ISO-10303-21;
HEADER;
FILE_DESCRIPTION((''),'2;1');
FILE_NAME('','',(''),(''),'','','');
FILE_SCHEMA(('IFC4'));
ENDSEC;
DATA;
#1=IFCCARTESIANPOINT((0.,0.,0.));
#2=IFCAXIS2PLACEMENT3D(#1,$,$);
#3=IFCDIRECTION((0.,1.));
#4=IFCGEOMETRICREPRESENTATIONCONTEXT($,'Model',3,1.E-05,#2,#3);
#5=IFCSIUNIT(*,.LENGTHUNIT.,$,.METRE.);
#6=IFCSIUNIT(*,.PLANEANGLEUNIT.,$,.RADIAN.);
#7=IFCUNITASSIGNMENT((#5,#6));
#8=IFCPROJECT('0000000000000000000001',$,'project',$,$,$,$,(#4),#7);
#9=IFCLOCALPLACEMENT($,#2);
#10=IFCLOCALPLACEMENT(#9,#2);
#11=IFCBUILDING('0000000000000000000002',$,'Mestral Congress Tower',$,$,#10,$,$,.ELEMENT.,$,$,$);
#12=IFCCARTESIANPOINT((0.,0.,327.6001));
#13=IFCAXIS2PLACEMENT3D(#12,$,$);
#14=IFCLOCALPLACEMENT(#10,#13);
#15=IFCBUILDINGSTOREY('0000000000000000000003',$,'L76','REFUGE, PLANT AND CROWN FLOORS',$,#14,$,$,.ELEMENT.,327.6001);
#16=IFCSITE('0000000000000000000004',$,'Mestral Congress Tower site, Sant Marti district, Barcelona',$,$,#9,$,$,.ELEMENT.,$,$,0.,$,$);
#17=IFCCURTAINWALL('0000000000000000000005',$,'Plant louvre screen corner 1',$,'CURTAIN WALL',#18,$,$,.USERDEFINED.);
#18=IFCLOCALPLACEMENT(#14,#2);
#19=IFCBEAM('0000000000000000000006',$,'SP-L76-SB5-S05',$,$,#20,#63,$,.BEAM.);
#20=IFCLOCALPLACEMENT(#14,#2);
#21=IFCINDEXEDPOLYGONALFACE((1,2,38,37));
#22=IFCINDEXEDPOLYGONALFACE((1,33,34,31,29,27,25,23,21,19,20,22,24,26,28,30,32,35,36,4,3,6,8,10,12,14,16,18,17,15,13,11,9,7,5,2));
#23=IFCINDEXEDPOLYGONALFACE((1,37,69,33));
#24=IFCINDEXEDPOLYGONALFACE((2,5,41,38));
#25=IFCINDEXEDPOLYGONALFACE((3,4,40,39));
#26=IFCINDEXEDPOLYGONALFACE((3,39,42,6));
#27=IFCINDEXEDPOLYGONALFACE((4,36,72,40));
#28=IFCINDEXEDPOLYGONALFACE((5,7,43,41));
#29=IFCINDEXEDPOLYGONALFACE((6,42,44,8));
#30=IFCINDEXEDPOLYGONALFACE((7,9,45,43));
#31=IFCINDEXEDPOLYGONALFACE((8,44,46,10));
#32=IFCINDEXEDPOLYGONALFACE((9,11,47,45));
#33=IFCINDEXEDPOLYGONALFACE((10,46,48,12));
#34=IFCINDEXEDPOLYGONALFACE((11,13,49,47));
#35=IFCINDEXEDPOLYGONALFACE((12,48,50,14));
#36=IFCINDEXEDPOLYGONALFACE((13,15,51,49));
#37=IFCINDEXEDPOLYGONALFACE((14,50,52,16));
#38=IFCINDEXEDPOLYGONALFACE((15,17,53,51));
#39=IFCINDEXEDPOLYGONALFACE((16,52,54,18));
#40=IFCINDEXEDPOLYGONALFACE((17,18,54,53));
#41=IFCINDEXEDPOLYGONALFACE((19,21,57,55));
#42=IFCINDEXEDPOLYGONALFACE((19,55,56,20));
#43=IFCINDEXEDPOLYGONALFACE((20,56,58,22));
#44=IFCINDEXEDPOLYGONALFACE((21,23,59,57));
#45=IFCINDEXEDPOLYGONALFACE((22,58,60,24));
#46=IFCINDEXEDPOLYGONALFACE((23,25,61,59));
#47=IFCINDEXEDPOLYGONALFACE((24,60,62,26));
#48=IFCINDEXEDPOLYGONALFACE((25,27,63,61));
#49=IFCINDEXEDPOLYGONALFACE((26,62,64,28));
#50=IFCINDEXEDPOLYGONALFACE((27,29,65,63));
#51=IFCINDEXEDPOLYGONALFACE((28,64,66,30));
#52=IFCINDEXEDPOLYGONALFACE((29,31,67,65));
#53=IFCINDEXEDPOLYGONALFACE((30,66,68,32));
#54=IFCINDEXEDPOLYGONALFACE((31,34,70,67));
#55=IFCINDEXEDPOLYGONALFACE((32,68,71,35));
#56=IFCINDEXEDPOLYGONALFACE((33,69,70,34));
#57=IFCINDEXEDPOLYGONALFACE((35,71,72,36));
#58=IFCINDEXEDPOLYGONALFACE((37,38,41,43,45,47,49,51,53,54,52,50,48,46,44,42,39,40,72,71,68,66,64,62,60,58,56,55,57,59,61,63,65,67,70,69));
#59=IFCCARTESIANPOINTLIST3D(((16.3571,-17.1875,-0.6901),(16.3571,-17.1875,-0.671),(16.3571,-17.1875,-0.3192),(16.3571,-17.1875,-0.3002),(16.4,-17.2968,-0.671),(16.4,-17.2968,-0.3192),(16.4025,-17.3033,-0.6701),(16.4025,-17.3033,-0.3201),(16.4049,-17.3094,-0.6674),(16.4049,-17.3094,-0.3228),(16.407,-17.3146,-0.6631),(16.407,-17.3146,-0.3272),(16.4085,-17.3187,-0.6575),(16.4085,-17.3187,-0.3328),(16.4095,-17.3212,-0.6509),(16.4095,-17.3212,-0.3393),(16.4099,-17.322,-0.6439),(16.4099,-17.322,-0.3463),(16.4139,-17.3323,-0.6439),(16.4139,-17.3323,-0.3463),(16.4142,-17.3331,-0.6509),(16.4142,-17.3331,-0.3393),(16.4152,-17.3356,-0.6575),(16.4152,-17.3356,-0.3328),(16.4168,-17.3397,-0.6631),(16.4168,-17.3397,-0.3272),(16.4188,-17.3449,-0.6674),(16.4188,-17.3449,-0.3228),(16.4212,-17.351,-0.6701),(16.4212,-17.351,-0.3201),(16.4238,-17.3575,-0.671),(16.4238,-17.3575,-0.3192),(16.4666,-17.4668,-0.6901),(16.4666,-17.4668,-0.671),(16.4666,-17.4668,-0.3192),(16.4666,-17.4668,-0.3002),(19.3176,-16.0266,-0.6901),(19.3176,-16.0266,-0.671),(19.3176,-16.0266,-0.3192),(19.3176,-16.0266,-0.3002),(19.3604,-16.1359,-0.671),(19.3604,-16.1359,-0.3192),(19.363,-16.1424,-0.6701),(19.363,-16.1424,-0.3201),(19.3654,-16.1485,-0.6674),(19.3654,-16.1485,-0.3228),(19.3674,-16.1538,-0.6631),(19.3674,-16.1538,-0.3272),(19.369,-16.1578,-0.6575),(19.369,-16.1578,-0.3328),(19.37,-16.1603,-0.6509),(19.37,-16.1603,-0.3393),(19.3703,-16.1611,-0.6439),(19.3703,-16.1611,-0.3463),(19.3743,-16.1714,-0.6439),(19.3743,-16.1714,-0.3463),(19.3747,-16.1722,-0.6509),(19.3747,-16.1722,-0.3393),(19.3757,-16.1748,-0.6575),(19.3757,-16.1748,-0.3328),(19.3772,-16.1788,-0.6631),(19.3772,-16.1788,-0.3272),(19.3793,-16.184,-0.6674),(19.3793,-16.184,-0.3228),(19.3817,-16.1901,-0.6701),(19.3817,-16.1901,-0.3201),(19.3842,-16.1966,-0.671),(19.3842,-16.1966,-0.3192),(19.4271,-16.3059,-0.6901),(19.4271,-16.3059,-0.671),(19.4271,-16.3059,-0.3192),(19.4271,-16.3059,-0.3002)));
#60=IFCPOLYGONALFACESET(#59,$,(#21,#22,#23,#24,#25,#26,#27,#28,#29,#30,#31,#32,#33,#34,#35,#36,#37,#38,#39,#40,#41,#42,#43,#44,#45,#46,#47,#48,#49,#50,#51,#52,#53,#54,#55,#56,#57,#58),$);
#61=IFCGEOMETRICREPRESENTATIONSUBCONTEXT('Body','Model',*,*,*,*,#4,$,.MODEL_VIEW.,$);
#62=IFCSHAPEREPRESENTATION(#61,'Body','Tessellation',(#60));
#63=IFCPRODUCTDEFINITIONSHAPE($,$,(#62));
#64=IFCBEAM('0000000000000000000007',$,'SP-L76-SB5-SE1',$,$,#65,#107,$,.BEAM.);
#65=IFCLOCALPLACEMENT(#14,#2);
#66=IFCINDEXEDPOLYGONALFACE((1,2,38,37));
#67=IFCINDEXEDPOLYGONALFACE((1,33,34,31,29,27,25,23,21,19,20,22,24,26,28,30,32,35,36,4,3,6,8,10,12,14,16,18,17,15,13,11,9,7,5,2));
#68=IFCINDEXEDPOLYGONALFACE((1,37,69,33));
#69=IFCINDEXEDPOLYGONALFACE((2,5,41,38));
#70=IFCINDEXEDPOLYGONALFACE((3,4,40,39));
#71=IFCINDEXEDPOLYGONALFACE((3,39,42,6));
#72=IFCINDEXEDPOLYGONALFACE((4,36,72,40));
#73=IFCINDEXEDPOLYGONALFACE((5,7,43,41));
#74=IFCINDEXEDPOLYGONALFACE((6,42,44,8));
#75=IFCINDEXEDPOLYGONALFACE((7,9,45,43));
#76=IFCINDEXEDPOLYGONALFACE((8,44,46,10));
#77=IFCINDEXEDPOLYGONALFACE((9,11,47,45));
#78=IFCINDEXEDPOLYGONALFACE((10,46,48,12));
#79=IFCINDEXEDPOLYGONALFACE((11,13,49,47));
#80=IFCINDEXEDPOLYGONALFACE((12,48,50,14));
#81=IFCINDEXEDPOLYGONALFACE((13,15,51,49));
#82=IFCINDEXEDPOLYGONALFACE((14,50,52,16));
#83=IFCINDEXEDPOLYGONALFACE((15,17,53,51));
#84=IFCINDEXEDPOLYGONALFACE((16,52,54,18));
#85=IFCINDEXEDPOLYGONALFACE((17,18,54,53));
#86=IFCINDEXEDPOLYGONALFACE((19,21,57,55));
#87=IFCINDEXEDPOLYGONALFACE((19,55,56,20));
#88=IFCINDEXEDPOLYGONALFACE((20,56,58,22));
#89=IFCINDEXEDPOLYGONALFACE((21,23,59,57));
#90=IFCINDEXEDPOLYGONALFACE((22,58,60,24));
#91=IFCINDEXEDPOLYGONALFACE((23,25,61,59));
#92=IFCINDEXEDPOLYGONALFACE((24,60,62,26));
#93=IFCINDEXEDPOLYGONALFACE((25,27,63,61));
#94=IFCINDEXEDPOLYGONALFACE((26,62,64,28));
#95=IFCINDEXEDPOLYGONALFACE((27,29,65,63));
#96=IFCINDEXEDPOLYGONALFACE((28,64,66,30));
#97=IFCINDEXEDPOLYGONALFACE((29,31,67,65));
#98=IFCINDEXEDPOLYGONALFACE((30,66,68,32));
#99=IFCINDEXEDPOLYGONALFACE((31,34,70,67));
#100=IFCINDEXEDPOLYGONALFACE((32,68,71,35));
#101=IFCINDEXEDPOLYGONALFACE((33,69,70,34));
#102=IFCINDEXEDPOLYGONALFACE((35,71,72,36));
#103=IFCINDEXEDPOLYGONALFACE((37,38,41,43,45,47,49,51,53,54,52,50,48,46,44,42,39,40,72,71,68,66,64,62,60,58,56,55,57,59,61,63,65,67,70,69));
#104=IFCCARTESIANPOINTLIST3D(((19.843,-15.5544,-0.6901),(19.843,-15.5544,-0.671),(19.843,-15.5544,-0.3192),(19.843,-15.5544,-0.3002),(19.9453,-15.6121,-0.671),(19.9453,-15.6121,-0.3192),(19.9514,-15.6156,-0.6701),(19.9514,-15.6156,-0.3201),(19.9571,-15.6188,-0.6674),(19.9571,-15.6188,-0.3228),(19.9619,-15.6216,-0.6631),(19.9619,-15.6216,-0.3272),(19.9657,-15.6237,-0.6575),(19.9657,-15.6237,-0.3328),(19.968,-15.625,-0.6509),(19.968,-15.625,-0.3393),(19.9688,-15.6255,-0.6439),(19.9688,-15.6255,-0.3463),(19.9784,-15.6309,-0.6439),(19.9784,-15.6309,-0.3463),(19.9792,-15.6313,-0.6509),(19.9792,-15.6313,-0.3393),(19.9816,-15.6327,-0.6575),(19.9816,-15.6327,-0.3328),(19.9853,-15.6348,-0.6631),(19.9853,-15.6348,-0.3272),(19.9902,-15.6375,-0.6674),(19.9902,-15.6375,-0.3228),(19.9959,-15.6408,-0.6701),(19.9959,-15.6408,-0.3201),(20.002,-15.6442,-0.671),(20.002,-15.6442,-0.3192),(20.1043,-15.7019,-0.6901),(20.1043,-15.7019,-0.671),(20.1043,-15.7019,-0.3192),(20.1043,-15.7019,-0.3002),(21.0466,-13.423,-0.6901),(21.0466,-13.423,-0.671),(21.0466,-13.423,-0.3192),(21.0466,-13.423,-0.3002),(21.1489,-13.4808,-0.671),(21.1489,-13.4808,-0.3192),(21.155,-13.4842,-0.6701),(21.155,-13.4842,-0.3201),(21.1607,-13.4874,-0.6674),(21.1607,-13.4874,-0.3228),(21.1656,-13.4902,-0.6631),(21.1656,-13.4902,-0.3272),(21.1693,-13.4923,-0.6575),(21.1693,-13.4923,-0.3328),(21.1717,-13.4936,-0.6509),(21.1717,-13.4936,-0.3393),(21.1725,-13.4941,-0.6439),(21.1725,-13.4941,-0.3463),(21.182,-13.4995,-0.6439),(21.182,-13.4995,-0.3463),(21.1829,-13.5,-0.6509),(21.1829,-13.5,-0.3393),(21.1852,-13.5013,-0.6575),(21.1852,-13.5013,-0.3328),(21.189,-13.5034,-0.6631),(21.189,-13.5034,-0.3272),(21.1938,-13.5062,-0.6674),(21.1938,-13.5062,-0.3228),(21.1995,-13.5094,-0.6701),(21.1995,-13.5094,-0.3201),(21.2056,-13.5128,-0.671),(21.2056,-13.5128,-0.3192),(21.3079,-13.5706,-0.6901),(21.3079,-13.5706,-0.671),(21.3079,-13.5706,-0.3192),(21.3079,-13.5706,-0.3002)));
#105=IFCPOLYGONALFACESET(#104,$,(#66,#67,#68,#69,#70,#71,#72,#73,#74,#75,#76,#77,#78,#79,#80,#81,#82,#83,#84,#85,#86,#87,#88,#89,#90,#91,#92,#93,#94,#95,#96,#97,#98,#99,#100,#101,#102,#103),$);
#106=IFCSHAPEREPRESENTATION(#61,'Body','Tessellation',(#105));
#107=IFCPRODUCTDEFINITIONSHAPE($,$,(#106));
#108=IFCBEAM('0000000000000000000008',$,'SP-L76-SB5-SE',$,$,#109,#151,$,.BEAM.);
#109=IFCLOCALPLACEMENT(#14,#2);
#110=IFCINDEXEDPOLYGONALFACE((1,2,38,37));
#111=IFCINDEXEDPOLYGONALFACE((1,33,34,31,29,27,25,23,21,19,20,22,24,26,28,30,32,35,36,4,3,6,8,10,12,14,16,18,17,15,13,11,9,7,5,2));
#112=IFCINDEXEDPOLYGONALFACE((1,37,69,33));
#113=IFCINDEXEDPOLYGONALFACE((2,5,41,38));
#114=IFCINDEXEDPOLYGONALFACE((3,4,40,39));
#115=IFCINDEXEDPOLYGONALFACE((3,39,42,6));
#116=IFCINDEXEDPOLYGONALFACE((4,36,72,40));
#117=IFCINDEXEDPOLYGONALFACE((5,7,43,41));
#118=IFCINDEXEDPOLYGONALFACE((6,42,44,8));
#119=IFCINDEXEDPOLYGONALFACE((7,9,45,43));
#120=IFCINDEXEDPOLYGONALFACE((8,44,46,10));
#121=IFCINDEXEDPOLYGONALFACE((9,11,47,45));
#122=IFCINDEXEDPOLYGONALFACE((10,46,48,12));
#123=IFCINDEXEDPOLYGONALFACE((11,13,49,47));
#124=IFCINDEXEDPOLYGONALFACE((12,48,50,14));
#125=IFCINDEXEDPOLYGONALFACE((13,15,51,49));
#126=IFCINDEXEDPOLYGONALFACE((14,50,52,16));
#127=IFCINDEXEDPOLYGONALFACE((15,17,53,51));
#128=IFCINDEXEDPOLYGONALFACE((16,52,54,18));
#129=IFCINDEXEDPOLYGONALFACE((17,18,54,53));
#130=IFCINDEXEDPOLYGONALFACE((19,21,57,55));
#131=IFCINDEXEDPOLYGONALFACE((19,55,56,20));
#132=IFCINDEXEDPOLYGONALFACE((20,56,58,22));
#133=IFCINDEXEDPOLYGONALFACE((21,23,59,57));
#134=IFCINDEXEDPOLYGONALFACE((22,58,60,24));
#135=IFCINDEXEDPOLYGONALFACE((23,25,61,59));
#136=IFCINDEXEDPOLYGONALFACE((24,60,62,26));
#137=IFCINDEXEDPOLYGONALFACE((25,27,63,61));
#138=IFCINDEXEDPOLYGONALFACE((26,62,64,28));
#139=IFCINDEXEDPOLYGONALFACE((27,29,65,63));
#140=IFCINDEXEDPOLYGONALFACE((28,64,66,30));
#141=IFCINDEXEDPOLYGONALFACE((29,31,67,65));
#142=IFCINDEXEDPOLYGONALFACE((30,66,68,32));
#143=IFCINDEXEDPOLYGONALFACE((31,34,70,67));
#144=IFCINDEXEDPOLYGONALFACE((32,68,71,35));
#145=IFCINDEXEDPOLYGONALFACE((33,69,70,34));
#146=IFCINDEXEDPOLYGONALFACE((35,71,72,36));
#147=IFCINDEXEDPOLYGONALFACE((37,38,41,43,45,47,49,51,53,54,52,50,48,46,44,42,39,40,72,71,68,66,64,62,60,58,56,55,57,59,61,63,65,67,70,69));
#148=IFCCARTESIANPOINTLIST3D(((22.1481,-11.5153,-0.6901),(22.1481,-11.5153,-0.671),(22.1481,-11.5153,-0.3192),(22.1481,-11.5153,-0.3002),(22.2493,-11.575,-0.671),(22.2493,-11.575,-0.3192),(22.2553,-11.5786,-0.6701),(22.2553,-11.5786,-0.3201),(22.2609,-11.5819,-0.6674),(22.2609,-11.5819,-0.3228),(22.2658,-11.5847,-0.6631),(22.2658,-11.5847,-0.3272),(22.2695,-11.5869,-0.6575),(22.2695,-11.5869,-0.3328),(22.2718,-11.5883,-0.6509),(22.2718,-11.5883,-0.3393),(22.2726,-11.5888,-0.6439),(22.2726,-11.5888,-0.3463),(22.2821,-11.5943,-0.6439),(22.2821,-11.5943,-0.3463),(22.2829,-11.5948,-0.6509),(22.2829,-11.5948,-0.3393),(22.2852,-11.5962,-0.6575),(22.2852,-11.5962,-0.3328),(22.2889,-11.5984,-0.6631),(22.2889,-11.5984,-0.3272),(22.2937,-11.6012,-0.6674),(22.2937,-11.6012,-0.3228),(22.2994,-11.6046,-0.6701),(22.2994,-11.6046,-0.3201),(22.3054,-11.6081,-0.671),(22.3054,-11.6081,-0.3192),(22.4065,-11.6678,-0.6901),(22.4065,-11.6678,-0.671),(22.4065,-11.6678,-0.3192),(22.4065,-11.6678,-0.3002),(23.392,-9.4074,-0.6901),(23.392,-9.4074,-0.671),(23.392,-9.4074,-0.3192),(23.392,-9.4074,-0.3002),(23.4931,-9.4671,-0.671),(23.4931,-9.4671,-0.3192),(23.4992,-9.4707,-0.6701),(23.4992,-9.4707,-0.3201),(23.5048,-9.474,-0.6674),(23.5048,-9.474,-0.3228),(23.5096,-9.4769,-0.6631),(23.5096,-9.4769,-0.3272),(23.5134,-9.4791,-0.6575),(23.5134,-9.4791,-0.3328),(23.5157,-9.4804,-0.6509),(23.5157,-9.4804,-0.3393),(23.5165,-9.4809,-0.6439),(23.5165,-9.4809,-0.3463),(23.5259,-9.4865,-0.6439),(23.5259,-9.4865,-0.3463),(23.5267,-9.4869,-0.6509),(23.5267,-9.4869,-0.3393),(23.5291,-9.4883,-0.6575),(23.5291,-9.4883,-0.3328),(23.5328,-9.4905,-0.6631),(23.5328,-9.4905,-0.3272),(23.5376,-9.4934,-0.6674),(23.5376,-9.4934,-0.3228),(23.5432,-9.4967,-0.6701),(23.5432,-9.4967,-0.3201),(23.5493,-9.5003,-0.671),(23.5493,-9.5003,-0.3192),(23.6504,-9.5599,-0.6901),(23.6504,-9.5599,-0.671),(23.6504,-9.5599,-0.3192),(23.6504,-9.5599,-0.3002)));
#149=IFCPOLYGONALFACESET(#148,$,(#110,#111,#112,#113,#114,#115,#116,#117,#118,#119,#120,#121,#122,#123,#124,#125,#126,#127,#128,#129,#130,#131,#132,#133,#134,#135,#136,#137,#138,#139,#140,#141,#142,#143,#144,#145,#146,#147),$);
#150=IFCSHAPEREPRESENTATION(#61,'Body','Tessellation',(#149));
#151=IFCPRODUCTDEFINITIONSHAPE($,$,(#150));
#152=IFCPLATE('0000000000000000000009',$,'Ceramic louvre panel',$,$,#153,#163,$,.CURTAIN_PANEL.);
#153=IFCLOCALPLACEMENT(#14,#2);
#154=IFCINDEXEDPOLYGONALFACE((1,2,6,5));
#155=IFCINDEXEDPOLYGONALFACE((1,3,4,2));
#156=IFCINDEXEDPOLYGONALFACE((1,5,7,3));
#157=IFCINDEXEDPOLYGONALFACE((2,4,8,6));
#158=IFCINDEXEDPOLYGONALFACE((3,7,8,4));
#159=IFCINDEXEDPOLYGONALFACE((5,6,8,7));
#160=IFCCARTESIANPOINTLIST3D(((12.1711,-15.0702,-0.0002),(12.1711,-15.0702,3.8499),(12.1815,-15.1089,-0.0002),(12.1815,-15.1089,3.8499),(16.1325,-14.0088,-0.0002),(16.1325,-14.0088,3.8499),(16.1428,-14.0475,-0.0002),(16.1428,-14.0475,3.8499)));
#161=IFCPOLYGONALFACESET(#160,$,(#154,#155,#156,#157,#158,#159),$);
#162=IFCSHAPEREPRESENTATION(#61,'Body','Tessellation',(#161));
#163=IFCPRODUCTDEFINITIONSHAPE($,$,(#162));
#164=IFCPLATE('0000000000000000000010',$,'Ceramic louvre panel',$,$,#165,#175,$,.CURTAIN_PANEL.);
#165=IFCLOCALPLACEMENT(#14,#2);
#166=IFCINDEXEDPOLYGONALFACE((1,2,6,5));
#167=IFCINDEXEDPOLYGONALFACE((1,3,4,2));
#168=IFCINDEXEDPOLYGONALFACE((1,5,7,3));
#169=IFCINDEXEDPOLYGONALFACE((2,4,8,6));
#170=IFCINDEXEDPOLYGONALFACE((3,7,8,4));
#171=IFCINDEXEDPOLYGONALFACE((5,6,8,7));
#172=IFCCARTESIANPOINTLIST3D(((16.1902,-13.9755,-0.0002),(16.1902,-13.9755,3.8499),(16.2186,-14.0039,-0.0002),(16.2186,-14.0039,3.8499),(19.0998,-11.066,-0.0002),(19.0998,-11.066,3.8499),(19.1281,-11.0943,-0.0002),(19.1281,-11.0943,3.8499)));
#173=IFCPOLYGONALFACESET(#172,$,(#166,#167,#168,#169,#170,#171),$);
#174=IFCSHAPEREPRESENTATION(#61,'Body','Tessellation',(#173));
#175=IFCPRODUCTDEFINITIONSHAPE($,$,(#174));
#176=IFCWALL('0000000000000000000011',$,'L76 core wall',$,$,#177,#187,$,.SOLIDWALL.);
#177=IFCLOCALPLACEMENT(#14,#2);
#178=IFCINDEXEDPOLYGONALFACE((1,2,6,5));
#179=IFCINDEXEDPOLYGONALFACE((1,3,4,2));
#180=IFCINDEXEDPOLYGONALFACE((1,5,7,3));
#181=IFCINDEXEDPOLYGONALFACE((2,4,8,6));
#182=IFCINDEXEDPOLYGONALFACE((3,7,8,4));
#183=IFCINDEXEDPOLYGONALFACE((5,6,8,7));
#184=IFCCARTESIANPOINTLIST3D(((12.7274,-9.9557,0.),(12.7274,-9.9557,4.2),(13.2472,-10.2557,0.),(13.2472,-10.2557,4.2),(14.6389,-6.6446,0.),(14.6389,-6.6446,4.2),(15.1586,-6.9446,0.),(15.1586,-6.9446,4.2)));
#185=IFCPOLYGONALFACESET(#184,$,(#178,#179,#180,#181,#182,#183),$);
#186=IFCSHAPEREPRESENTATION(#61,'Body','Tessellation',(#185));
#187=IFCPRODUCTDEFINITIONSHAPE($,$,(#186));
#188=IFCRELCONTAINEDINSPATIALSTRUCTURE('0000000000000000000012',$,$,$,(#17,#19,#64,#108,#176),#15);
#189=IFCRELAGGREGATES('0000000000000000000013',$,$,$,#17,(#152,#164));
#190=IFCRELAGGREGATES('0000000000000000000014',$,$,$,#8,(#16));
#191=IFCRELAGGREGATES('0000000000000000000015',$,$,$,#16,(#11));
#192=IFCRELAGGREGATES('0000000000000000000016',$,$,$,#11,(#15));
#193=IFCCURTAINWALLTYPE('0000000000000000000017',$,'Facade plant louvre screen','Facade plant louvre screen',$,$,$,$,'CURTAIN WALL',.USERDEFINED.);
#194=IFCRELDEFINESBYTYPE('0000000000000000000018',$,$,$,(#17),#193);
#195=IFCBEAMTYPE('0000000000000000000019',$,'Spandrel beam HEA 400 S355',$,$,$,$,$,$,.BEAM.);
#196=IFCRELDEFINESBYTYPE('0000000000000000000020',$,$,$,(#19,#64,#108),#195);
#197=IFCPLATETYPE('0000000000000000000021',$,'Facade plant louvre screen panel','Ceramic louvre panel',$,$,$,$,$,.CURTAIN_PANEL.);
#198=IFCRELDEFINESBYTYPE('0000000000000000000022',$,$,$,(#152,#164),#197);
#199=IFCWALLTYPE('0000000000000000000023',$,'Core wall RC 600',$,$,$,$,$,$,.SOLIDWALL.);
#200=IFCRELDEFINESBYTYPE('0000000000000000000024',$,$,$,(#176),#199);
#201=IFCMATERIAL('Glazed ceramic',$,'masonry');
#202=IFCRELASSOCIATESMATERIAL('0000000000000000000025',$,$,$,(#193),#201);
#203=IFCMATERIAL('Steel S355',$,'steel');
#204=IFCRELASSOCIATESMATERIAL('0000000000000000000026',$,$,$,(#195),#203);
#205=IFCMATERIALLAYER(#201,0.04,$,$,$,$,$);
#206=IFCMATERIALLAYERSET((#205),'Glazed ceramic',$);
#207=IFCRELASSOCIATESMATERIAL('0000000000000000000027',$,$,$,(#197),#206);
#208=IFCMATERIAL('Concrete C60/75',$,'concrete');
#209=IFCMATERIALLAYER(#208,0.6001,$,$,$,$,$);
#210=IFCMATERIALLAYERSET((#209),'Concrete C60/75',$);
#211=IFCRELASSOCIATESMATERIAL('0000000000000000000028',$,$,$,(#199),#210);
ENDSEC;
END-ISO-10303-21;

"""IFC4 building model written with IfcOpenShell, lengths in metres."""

from ifc_helpers import new_model, si_unit, direction, frame, frame_2d, origin, origin_2d, place, context, subcontext, project, spatial, rectangle, i_section, extrude, material, layer, layer_set, material_profile, profile_set, type_object, element, aggregate, save


model = new_model("IFC4")

# Units and contexts
model_context = context("Model", 3, precision=1e-05, world=origin(), true_north=direction((0.0, 1.0)))
body_context = subcontext(model_context, "Body", "Model", "MODEL_VIEW")
ifc_project = project(units=[si_unit("LENGTHUNIT", "METRE"), si_unit("PLANEANGLEUNIT", "RADIAN")], contexts=[model_context])

# Site, building, storey
site_placement = place(None, origin())
site = spatial("IfcSite", under=ifc_project, at=site_placement, Name="Mestral Congress Tower site, Sant Marti district, Barcelona", CompositionType="ELEMENT", RefElevation=0.0)
building_placement = place(site_placement, origin())
building = spatial("IfcBuilding", under=site, at=building_placement, Name="Mestral Congress Tower", CompositionType="ELEMENT")
storey_placement = place(building_placement, frame((0.0, 0.0, 327.6001)))
storey = spatial("IfcBuildingStorey", under=building, at=storey_placement, Name="L76", Description="REFUGE, PLANT AND CROWN FLOORS", CompositionType="ELEMENT", Elevation=327.6001)

# Shared definitions
ifc_material_1 = material(Name="Steel S355", Category="steel")
ifc_material_2 = material(Name="Concrete C60/75", Category="concrete")

# Curtain wall
ifc_material_3 = material(Name="Glazed ceramic", Category="masonry")
curtain_wall_type = type_object("IfcCurtainWallType", Name="Facade plant louvre screen", Description="Facade plant louvre screen", ElementType="CURTAIN WALL", PredefinedType="USERDEFINED", material=ifc_material_3)
curtain_wall_placement = place(storey_placement, origin())
curtain_wall = element("IfcCurtainWall", 1, at=curtain_wall_placement, inside=storey, type_object=curtain_wall_type, Name="Plant louvre screen corner 1", ObjectType="CURTAIN WALL", PredefinedType="USERDEFINED")

# Beams
ifc_material_profile_1 = material_profile(ifc_material_1, i_section(OverallWidth=0.3, OverallDepth=0.3899, WebThickness=0.011, FlangeThickness=0.019, FilletRadius=0.0271, at=origin_2d()), Name="HEA 400")
ifc_profile_set_1 = profile_set([ifc_material_profile_1], Name="Steel S355")
beam_type_1 = type_object("IfcBeamType", Name="Spandrel beam HEA 400 S355", PredefinedType="BEAM", material=ifc_profile_set_1)
beam_1_placement = place(storey_placement, frame((16.4119, -17.3271, -0.4951), z_axis=(0.930981, 0.365068, 0.0), x_axis=(-0.365068, 0.930981, 0.0)))
element("IfcBeam", 2, at=beam_1_placement, inside=storey, type_object=beam_type_1, Name="SP-L76-SB5-S05", PredefinedType="BEAM", context=body_context, shape_type="SweptSolid", body=[
    extrude(i_section(OverallWidth=0.3, OverallDepth=0.3899, WebThickness=0.011, FlangeThickness=0.019, FilletRadius=0.0271, at=origin_2d()), origin(), (0.0, 0.0, 1.0), 3.1799),
])
beam_2_placement = place(storey_placement, frame((19.9736, -15.6282, -0.4951), z_axis=(0.491729, 0.870749, 0.0), x_axis=(-0.870749, 0.491729, 0.0)))
element("IfcBeam", 3, at=beam_2_placement, inside=storey, type_object=beam_type_1, Name="SP-L76-SB5-SE1", PredefinedType="BEAM", context=body_context, shape_type="SweptSolid", body=[
    extrude(i_section(OverallWidth=0.3, OverallDepth=0.3899, WebThickness=0.011, FlangeThickness=0.019, FilletRadius=0.0271, at=origin_2d()), origin(), (0.0, 0.0, 1.0), 2.4478),
])
beam_3_placement = place(storey_placement, frame((22.2773, -11.5916, -0.4951), z_axis=(0.508218, 0.861228, 0.0), x_axis=(-0.861228, 0.508218, 0.0)))
element("IfcBeam", 4, at=beam_3_placement, inside=storey, type_object=beam_type_1, Name="SP-L76-SB5-SE", PredefinedType="BEAM", context=body_context, shape_type="SweptSolid", body=[
    extrude(i_section(OverallWidth=0.3, OverallDepth=0.3899, WebThickness=0.011, FlangeThickness=0.019, FilletRadius=0.0271, at=origin_2d()), origin(), (0.0, 0.0, 1.0), 2.4475),
])

# Plates
ifc_layer_1 = layer(ifc_material_3, 0.04)
ifc_layer_set_1 = layer_set([ifc_layer_1], Name="Glazed ceramic")
plate_type = type_object("IfcPlateType", Name="Facade plant louvre screen panel", Description="Ceramic louvre panel", PredefinedType="CURTAIN_PANEL", material=ifc_layer_set_1)
plate_1_placement = place(storey_placement, frame((14.157, -14.5588, -0.0002), z_axis=(0.0, 0.0, 1.0), x_axis=(0.965926, 0.258819, 0.0)))
plate_1 = element("IfcPlate", 5, at=plate_1_placement, type_object=plate_type, Name="Ceramic louvre panel", PredefinedType="CURTAIN_PANEL", context=body_context, shape_type="SweptSolid", body=[
    extrude(rectangle(XDim=4.1011, YDim=0.04, at=origin_2d()), origin(), (0.0, 0.0, 1.0), 3.8501),
])
plate_2_placement = place(storey_placement, frame((17.6592, -12.5349, -0.0002), z_axis=(0.0, 0.0, 1.0), x_axis=(0.707107, 0.707107, 0.0)))
plate_2 = element("IfcPlate", 6, at=plate_2_placement, type_object=plate_type, Name="Ceramic louvre panel", PredefinedType="CURTAIN_PANEL", context=body_context, shape_type="SweptSolid", body=[
    extrude(rectangle(XDim=4.1147, YDim=0.04, at=origin_2d()), origin(), (0.0, 0.0, 1.0), 3.8501),
])
aggregate(curtain_wall, [plate_1, plate_2])

# Wall
ifc_layer_2 = layer(ifc_material_2, 0.6001)
ifc_layer_set_2 = layer_set([ifc_layer_2], Name="Concrete C60/75")
wall_type_1 = type_object("IfcWallType", Name="Core wall RC 600", PredefinedType="SOLIDWALL", material=ifc_layer_set_2)
wall_1_placement = place(storey_placement, frame((12.9873, -10.1057, 0.0), z_axis=(0.0, 0.0, 1.0), x_axis=(0.499951, 0.866054, 0.0)))
element("IfcWall", 7, at=wall_1_placement, inside=storey, type_object=wall_type_1, Name="L76 core wall", PredefinedType="SOLIDWALL", context=body_context, shape_type="SweptSolid", body=[
    extrude(rectangle(XDim=3.8232, YDim=0.6001, at=frame_2d((1.9116, 0.0))), origin(), (0.0, 0.0, 1.0), 4.2),
])

save(model, "model.ifc")
